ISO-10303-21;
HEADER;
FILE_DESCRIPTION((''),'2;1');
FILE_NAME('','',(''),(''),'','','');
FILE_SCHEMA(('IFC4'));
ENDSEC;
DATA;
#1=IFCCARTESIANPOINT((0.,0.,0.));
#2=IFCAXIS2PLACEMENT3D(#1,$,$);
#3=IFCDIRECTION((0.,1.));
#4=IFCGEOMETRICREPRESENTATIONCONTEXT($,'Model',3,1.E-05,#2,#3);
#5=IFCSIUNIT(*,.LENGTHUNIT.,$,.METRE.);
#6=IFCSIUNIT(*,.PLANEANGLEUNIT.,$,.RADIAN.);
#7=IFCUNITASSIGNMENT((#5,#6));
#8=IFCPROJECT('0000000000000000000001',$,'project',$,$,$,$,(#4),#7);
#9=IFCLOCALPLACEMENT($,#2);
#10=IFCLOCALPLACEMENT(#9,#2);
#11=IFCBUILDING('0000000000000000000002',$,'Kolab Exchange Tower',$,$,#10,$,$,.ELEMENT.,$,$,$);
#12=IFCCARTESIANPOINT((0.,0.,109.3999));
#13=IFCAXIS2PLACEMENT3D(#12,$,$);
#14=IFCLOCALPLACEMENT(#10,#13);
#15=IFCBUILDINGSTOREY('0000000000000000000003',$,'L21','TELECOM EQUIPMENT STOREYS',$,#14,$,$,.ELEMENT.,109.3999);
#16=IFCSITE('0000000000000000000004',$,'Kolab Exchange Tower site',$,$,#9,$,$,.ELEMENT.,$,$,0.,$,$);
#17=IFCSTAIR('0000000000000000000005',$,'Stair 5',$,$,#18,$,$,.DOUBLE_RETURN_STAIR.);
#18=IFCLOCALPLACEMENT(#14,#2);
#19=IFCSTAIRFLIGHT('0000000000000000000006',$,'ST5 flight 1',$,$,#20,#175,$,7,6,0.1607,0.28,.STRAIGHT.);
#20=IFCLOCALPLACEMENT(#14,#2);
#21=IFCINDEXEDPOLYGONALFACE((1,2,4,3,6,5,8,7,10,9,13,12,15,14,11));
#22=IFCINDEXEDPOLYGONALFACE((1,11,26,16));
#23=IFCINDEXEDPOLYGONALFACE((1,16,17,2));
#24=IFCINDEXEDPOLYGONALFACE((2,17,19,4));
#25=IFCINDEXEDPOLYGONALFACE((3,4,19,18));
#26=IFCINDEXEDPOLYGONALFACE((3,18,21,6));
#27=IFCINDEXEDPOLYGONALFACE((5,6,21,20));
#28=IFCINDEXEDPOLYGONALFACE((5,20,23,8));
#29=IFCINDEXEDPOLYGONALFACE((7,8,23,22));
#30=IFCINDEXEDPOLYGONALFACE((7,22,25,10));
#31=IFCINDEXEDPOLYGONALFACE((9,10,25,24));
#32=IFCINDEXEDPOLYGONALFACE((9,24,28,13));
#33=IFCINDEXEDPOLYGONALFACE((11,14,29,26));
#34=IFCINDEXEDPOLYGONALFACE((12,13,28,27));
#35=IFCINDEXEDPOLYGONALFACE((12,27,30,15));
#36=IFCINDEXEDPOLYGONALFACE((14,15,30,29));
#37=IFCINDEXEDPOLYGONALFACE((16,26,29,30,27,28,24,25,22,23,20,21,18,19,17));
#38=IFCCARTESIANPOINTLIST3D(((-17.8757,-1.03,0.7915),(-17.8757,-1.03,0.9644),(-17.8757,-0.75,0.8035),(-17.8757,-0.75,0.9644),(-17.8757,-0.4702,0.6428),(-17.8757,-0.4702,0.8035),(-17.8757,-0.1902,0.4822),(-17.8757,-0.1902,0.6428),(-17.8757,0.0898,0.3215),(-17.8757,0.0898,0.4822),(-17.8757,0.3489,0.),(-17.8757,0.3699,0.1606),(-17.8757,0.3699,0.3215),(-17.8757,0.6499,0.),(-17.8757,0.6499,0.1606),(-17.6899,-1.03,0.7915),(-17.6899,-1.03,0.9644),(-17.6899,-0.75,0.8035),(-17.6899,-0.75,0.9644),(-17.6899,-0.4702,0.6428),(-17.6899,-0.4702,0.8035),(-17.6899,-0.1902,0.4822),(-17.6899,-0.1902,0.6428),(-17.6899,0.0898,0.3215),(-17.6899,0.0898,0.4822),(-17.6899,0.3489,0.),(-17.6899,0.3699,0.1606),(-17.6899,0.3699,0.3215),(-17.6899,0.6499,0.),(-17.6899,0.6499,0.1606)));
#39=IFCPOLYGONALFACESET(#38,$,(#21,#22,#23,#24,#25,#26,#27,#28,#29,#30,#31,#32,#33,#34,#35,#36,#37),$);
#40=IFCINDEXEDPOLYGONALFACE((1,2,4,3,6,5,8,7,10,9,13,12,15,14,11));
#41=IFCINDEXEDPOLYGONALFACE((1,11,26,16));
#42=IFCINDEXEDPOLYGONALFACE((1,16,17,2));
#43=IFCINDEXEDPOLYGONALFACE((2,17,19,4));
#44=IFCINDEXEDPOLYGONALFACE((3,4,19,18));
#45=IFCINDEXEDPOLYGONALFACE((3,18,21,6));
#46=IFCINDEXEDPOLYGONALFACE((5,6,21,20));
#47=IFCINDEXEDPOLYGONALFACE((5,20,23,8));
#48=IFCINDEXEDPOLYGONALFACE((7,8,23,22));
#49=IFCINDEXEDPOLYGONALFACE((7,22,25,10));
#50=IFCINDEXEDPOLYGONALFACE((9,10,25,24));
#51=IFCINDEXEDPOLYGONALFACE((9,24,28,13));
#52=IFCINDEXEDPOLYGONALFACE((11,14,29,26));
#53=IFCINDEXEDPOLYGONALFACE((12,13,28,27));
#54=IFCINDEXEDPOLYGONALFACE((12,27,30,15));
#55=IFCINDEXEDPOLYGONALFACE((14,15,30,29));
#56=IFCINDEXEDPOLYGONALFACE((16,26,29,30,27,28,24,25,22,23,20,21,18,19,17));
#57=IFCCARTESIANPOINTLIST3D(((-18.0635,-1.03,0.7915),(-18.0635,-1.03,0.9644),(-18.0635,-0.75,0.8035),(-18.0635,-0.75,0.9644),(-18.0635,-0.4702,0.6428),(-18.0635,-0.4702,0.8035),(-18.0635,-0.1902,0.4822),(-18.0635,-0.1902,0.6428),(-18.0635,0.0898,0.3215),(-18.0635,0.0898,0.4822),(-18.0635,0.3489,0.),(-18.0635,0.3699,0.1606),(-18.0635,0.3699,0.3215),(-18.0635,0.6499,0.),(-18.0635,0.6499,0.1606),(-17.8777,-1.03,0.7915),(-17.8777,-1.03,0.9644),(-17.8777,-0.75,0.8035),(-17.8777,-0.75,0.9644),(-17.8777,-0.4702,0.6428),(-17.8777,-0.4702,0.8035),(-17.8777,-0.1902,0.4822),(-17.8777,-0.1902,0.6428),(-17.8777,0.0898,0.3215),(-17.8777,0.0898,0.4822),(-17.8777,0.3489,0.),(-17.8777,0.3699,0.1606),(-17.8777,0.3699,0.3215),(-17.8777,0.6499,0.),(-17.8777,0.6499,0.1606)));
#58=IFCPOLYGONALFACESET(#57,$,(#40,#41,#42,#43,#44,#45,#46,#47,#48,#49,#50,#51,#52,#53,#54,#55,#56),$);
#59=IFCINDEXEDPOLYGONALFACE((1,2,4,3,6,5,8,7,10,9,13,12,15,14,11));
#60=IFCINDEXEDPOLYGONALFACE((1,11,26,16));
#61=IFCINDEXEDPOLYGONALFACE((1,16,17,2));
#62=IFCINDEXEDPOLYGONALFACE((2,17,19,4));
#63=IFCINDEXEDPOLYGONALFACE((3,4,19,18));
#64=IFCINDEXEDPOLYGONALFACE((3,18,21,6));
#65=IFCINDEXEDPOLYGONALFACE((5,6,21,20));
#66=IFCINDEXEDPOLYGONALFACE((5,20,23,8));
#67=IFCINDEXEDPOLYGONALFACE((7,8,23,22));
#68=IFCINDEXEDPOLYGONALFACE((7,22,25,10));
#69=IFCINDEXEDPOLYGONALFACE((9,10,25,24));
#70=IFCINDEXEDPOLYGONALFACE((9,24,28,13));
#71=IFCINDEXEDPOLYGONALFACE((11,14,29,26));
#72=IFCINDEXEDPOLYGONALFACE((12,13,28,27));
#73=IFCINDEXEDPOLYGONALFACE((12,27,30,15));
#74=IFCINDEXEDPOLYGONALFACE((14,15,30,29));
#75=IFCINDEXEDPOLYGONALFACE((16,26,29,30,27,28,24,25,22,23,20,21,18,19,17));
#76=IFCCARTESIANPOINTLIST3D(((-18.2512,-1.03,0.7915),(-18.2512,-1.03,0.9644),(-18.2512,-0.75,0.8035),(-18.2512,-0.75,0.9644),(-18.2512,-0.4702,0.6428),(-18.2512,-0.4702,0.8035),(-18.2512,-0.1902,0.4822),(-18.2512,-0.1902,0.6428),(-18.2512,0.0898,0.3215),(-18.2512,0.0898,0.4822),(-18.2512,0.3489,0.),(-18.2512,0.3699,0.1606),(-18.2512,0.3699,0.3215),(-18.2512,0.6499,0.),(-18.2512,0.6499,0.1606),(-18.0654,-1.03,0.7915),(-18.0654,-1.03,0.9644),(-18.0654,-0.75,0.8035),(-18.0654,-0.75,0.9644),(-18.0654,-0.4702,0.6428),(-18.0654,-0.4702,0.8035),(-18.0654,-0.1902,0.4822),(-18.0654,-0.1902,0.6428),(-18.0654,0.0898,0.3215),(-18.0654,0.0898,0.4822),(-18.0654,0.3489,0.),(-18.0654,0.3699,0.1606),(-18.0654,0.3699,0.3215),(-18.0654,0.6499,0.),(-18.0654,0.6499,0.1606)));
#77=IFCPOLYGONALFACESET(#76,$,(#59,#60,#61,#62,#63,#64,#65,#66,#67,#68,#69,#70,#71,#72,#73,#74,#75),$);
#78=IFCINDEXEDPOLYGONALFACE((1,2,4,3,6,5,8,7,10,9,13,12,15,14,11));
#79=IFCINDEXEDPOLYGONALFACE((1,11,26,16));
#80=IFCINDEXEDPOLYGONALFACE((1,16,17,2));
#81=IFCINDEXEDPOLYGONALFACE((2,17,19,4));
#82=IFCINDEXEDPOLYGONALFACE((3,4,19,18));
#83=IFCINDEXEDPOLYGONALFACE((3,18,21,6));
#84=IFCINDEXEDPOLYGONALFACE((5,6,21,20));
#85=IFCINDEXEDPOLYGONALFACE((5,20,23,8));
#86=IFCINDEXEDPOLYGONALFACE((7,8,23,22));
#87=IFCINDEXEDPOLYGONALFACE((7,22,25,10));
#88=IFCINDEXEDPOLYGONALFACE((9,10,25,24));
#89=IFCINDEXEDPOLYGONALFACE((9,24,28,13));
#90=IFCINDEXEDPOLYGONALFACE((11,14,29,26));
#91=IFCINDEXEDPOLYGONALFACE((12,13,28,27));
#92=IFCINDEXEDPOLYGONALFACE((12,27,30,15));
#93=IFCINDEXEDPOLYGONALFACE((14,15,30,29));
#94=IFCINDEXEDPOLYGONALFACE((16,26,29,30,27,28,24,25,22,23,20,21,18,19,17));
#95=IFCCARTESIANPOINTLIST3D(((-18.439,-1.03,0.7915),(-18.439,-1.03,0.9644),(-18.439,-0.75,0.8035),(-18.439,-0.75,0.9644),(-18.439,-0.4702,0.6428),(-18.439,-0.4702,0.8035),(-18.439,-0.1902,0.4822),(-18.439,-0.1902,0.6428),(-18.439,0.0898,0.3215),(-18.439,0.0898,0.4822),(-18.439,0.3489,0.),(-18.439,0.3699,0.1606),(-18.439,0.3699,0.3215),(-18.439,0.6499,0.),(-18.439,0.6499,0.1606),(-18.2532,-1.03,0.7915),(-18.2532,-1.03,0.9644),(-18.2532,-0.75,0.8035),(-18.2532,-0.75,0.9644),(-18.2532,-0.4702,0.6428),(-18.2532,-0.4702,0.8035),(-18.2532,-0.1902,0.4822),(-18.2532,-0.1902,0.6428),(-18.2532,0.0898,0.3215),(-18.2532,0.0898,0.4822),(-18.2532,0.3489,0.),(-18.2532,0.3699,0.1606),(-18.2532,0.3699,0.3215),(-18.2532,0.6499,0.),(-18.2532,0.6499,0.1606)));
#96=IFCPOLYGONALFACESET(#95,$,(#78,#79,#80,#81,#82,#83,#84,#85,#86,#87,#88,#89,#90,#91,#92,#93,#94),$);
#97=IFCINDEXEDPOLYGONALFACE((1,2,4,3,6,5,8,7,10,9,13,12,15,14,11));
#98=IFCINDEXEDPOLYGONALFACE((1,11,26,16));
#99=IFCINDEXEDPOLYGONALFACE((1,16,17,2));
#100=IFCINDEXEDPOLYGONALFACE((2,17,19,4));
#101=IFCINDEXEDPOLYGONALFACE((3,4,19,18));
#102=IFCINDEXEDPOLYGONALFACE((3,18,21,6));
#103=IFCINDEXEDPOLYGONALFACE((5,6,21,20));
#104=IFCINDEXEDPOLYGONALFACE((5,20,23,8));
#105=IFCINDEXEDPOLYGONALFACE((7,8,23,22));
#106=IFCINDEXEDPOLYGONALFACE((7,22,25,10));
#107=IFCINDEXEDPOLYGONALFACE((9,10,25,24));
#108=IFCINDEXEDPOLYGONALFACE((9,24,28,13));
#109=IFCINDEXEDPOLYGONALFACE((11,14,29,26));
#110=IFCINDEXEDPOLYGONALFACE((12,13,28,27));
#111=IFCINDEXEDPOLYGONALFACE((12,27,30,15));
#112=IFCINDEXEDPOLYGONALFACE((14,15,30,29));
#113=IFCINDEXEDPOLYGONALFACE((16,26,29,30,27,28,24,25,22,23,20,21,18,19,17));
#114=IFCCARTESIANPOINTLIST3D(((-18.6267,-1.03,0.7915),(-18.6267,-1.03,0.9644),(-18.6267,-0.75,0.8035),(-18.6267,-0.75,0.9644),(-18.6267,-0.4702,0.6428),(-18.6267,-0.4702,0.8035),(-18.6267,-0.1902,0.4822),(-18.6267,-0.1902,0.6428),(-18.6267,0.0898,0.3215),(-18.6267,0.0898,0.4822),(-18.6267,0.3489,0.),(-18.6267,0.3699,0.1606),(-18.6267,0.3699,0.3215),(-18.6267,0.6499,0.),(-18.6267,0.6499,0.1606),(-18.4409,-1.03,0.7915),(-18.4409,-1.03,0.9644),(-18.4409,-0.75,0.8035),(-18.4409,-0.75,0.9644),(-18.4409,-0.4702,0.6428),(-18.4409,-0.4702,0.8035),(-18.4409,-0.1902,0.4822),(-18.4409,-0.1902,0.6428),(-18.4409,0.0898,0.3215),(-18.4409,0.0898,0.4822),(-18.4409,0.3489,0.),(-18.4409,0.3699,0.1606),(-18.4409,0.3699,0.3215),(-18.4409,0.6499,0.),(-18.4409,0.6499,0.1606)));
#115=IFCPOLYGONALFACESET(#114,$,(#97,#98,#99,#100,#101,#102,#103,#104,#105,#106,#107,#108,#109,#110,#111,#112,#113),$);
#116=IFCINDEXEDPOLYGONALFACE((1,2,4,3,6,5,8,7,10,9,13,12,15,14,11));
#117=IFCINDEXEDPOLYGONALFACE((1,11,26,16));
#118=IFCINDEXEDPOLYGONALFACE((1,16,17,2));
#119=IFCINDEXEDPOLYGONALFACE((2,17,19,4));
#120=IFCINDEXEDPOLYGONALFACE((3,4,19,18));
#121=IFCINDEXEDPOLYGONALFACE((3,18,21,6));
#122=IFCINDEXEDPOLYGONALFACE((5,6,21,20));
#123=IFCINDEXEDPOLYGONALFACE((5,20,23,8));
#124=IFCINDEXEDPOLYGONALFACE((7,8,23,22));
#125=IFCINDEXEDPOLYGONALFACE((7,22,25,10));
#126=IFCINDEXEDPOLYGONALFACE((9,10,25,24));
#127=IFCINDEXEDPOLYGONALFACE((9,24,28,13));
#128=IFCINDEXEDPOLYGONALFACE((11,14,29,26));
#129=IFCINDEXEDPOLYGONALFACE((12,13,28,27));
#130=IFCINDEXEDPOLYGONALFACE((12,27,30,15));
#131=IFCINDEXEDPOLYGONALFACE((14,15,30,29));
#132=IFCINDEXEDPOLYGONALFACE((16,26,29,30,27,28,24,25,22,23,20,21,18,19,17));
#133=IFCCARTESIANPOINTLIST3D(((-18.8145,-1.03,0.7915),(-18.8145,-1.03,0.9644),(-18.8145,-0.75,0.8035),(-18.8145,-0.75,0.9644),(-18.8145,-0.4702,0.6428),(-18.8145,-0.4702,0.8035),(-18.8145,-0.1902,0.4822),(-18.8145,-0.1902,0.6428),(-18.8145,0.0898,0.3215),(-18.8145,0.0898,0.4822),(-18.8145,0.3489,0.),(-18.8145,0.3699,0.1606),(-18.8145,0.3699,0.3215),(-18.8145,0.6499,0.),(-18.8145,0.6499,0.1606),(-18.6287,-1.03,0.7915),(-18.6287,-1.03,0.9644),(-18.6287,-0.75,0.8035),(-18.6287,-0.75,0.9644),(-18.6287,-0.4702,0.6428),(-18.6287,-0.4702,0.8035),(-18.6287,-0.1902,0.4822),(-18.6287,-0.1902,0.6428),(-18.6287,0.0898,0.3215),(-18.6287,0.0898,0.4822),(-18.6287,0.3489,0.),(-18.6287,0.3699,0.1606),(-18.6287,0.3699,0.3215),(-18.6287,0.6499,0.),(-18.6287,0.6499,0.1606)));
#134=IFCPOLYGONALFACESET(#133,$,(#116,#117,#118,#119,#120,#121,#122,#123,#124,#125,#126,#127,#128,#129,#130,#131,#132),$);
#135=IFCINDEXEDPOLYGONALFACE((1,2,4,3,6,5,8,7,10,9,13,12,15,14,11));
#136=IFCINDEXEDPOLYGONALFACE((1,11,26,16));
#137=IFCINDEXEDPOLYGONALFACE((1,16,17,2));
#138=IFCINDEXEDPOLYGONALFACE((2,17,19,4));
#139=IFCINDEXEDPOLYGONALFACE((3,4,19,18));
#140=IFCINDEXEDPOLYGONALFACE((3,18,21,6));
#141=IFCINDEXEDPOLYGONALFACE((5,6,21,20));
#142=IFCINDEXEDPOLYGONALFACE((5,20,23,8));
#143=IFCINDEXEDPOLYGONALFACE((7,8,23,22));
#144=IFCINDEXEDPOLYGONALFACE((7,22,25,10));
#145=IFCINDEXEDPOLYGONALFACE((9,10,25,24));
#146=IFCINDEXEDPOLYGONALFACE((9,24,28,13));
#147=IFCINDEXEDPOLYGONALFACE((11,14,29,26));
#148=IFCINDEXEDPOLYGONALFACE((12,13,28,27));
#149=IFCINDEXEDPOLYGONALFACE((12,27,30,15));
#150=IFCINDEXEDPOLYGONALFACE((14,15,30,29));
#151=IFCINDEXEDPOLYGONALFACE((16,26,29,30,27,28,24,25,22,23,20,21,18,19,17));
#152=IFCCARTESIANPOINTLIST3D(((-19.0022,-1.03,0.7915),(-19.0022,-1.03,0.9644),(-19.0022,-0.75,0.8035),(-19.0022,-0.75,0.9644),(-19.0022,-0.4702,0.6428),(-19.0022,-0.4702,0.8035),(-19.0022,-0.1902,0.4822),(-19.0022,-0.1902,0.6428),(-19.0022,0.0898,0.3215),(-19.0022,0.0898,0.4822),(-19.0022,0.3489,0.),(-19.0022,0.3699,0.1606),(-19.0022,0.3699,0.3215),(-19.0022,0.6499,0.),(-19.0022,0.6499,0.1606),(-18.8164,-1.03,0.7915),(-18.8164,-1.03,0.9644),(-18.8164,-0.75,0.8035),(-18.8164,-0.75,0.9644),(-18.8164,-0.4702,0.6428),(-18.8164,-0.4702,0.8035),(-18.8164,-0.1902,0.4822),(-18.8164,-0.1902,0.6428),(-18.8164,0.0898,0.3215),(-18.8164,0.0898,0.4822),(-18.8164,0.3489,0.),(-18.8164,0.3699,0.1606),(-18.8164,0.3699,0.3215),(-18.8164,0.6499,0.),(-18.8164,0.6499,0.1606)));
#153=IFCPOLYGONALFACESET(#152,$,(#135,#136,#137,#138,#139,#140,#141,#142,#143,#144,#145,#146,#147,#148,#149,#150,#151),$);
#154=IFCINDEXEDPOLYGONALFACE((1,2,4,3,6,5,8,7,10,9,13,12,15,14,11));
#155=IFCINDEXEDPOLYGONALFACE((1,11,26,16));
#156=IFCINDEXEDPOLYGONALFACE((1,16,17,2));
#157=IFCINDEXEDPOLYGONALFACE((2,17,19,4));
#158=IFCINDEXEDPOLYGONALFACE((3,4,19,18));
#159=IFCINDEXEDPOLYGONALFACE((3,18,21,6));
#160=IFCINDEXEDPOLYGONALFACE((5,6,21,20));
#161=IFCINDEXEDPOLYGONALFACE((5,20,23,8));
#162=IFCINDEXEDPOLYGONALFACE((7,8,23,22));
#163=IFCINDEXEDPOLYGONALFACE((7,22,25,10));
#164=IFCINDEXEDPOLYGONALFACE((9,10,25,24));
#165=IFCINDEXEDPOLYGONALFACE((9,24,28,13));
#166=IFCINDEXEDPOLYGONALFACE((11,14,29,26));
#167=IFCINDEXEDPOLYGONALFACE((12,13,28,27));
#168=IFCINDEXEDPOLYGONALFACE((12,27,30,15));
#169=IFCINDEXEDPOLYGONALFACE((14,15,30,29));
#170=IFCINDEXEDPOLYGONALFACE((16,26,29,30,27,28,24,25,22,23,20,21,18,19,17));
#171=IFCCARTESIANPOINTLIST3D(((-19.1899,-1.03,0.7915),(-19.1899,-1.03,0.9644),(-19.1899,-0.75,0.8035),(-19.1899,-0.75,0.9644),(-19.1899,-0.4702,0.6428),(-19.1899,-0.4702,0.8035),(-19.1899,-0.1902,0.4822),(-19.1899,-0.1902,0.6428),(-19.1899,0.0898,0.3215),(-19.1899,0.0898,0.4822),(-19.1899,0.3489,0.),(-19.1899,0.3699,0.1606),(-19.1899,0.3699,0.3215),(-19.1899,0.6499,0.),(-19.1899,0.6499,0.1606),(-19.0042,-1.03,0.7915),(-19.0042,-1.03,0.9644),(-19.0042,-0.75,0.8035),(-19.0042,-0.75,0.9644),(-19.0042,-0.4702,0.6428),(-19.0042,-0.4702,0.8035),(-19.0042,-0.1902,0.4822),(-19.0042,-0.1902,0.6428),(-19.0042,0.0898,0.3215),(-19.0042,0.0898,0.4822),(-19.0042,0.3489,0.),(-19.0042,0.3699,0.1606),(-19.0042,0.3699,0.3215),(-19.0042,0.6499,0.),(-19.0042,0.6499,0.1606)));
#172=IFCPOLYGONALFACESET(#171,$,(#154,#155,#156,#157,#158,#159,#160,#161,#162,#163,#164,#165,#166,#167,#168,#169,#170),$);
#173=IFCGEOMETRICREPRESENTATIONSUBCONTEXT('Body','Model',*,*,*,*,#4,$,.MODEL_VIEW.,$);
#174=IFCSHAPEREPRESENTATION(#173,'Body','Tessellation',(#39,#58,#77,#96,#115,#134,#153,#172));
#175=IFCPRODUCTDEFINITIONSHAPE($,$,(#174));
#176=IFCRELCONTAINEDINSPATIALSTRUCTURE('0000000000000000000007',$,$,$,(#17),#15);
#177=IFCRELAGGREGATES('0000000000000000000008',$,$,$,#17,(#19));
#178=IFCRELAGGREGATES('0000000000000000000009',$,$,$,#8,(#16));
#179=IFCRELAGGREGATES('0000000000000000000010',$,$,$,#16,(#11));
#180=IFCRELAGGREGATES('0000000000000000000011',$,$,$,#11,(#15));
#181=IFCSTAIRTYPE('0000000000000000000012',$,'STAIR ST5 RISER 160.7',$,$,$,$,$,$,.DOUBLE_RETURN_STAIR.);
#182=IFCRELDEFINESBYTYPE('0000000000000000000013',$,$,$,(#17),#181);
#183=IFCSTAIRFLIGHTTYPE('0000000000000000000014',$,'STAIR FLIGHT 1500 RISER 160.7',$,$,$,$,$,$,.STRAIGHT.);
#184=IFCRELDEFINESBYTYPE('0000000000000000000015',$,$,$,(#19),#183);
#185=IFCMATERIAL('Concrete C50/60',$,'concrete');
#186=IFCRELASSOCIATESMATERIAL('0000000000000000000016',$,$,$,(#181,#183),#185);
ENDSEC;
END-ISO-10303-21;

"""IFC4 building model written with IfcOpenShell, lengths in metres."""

from ifc_helpers import new_model, si_unit, direction, frame, origin, place, context, subcontext, project, spatial, polyline, outline, extrude, material, type_object, element, aggregate, save


model = new_model("IFC4")

# Units and contexts
model_context = context("Model", 3, precision=1e-05, world=origin(), true_north=direction((0.0, 1.0)))
body_context = subcontext(model_context, "Body", "Model", "MODEL_VIEW")
ifc_project = project(units=[si_unit("LENGTHUNIT", "METRE"), si_unit("PLANEANGLEUNIT", "RADIAN")], contexts=[model_context])

# Site, building, storey
site_placement = place(None, origin())
site = spatial("IfcSite", under=ifc_project, at=site_placement, Name="Kolab Exchange Tower site", CompositionType="ELEMENT", RefElevation=0.0)
building_placement = place(site_placement, origin())
building = spatial("IfcBuilding", under=site, at=building_placement, Name="Kolab Exchange Tower", CompositionType="ELEMENT")
storey_placement = place(building_placement, frame((0.0, 0.0, 109.3999)))
storey = spatial("IfcBuildingStorey", under=building, at=storey_placement, Name="L21", Description="TELECOM EQUIPMENT STOREYS", CompositionType="ELEMENT", Elevation=109.3999)

# Shared definitions
ifc_material_1 = material(Name="Concrete C50/60", Category="concrete")

# Stair, stair flight
stair_type = type_object("IfcStairType", Name="STAIR ST5 RISER 160.7", PredefinedType="DOUBLE_RETURN_STAIR", material=ifc_material_1)
stair_placement = place(storey_placement, origin())
stair = element("IfcStair", 1, at=stair_placement, inside=storey, type_object=stair_type, Name="Stair 5", PredefinedType="DOUBLE_RETURN_STAIR")
stair_flight_type = type_object("IfcStairFlightType", Name="STAIR FLIGHT 1500 RISER 160.7", PredefinedType="STRAIGHT", material=ifc_material_1)
stair_flight_1_placement = place(storey_placement, frame((-18.4399, 0.6499, 0.0), z_axis=(0.0, 0.0, 1.0), x_axis=(0.0, -1.0, 0.0)))
stair_flight_1 = element("IfcStairFlight", 2, at=stair_flight_1_placement, type_object=stair_flight_type, Name="ST5 flight 1", NumberOfRisers=7, NumberOfTreads=6, PredefinedType="STRAIGHT", RiserHeight=0.1607, TreadLength=0.28, context=body_context, shape_type="SweptSolid", body=[
    extrude(outline(polyline([(0.0, 0.0), (0.0, 0.1606), (0.28, 0.1606), (0.28, 0.3215), (0.5601, 0.3215), (0.5601, 0.4822), (0.8401, 0.4822), (0.8401, 0.6428), (1.1201, 0.6428), (1.1201, 0.8035), (1.3999, 0.8035), (1.3999, 0.9644), (1.6799, 0.9644), (1.6799, 1.125), (1.6799, 0.7915), (0.301, 0.0), (0.0, 0.0)])), frame((0.0, 0.75, 0.0), z_axis=(0.0, -1.0, 0.0), x_axis=(1.0, 0.0, 0.0)), (0.0, 0.0, 1.0), 0.1858),
    extrude(outline(polyline([(0.0, 0.0), (0.0, 0.1606), (0.28, 0.1606), (0.28, 0.3215), (0.5601, 0.3215), (0.5601, 0.4822), (0.8401, 0.4822), (0.8401, 0.6428), (1.1201, 0.6428), (1.1201, 0.8035), (1.3999, 0.8035), (1.3999, 0.9644), (1.6799, 0.9644), (1.6799, 1.125), (1.6799, 0.7915), (0.301, 0.0), (0.0, 0.0)])), frame((0.0, 0.5623, 0.0), z_axis=(0.0, -1.0, 0.0), x_axis=(1.0, 0.0, 0.0)), (0.0, 0.0, 1.0), 0.1858),
    extrude(outline(polyline([(0.0, 0.0), (0.0, 0.1606), (0.28, 0.1606), (0.28, 0.3215), (0.5601, 0.3215), (0.5601, 0.4822), (0.8401, 0.4822), (0.8401, 0.6428), (1.1201, 0.6428), (1.1201, 0.8035), (1.3999, 0.8035), (1.3999, 0.9644), (1.6799, 0.9644), (1.6799, 1.125), (1.6799, 0.7915), (0.301, 0.0), (0.0, 0.0)])), frame((0.0, 0.3745, 0.0), z_axis=(0.0, -1.0, 0.0), x_axis=(1.0, 0.0, 0.0)), (0.0, 0.0, 1.0), 0.1858),
    extrude(outline(polyline([(0.0, 0.0), (0.0, 0.1606), (0.28, 0.1606), (0.28, 0.3215), (0.5601, 0.3215), (0.5601, 0.4822), (0.8401, 0.4822), (0.8401, 0.6428), (1.1201, 0.6428), (1.1201, 0.8035), (1.3999, 0.8035), (1.3999, 0.9644), (1.6799, 0.9644), (1.6799, 1.125), (1.6799, 0.7915), (0.301, 0.0), (0.0, 0.0)])), frame((0.0, 0.1868, 0.0), z_axis=(0.0, -1.0, 0.0), x_axis=(1.0, 0.0, 0.0)), (0.0, 0.0, 1.0), 0.1858),
    extrude(outline(polyline([(0.0, 0.0), (0.0, 0.1606), (0.28, 0.1606), (0.28, 0.3215), (0.5601, 0.3215), (0.5601, 0.4822), (0.8401, 0.4822), (0.8401, 0.6428), (1.1201, 0.6428), (1.1201, 0.8035), (1.3999, 0.8035), (1.3999, 0.9644), (1.6799, 0.9644), (1.6799, 1.125), (1.6799, 0.7915), (0.301, 0.0), (0.0, 0.0)])), frame((0.0, -0.001, 0.0), z_axis=(0.0, -1.0, 0.0), x_axis=(1.0, 0.0, 0.0)), (0.0, 0.0, 1.0), 0.1858),
    extrude(outline(polyline([(0.0, 0.0), (0.0, 0.1606), (0.28, 0.1606), (0.28, 0.3215), (0.5601, 0.3215), (0.5601, 0.4822), (0.8401, 0.4822), (0.8401, 0.6428), (1.1201, 0.6428), (1.1201, 0.8035), (1.3999, 0.8035), (1.3999, 0.9644), (1.6799, 0.9644), (1.6799, 1.125), (1.6799, 0.7915), (0.301, 0.0), (0.0, 0.0)])), frame((0.0, -0.1887, 0.0), z_axis=(0.0, -1.0, 0.0), x_axis=(1.0, 0.0, 0.0)), (0.0, 0.0, 1.0), 0.1858),
    extrude(outline(polyline([(0.0, 0.0), (0.0, 0.1606), (0.28, 0.1606), (0.28, 0.3215), (0.5601, 0.3215), (0.5601, 0.4822), (0.8401, 0.4822), (0.8401, 0.6428), (1.1201, 0.6428), (1.1201, 0.8035), (1.3999, 0.8035), (1.3999, 0.9644), (1.6799, 0.9644), (1.6799, 1.125), (1.6799, 0.7915), (0.301, 0.0), (0.0, 0.0)])), frame((0.0, -0.3765, 0.0), z_axis=(0.0, -1.0, 0.0), x_axis=(1.0, 0.0, 0.0)), (0.0, 0.0, 1.0), 0.1858),
    extrude(outline(polyline([(0.0, 0.0), (0.0, 0.1606), (0.28, 0.1606), (0.28, 0.3215), (0.5601, 0.3215), (0.5601, 0.4822), (0.8401, 0.4822), (0.8401, 0.6428), (1.1201, 0.6428), (1.1201, 0.8035), (1.3999, 0.8035), (1.3999, 0.9644), (1.6799, 0.9644), (1.6799, 1.125), (1.6799, 0.7915), (0.301, 0.0), (0.0, 0.0)])), frame((0.0, -0.5642, 0.0), z_axis=(0.0, -1.0, 0.0), x_axis=(1.0, 0.0, 0.0)), (0.0, 0.0, 1.0), 0.1858),
])
aggregate(stair, [stair_flight_1])

save(model, "model.ifc")
